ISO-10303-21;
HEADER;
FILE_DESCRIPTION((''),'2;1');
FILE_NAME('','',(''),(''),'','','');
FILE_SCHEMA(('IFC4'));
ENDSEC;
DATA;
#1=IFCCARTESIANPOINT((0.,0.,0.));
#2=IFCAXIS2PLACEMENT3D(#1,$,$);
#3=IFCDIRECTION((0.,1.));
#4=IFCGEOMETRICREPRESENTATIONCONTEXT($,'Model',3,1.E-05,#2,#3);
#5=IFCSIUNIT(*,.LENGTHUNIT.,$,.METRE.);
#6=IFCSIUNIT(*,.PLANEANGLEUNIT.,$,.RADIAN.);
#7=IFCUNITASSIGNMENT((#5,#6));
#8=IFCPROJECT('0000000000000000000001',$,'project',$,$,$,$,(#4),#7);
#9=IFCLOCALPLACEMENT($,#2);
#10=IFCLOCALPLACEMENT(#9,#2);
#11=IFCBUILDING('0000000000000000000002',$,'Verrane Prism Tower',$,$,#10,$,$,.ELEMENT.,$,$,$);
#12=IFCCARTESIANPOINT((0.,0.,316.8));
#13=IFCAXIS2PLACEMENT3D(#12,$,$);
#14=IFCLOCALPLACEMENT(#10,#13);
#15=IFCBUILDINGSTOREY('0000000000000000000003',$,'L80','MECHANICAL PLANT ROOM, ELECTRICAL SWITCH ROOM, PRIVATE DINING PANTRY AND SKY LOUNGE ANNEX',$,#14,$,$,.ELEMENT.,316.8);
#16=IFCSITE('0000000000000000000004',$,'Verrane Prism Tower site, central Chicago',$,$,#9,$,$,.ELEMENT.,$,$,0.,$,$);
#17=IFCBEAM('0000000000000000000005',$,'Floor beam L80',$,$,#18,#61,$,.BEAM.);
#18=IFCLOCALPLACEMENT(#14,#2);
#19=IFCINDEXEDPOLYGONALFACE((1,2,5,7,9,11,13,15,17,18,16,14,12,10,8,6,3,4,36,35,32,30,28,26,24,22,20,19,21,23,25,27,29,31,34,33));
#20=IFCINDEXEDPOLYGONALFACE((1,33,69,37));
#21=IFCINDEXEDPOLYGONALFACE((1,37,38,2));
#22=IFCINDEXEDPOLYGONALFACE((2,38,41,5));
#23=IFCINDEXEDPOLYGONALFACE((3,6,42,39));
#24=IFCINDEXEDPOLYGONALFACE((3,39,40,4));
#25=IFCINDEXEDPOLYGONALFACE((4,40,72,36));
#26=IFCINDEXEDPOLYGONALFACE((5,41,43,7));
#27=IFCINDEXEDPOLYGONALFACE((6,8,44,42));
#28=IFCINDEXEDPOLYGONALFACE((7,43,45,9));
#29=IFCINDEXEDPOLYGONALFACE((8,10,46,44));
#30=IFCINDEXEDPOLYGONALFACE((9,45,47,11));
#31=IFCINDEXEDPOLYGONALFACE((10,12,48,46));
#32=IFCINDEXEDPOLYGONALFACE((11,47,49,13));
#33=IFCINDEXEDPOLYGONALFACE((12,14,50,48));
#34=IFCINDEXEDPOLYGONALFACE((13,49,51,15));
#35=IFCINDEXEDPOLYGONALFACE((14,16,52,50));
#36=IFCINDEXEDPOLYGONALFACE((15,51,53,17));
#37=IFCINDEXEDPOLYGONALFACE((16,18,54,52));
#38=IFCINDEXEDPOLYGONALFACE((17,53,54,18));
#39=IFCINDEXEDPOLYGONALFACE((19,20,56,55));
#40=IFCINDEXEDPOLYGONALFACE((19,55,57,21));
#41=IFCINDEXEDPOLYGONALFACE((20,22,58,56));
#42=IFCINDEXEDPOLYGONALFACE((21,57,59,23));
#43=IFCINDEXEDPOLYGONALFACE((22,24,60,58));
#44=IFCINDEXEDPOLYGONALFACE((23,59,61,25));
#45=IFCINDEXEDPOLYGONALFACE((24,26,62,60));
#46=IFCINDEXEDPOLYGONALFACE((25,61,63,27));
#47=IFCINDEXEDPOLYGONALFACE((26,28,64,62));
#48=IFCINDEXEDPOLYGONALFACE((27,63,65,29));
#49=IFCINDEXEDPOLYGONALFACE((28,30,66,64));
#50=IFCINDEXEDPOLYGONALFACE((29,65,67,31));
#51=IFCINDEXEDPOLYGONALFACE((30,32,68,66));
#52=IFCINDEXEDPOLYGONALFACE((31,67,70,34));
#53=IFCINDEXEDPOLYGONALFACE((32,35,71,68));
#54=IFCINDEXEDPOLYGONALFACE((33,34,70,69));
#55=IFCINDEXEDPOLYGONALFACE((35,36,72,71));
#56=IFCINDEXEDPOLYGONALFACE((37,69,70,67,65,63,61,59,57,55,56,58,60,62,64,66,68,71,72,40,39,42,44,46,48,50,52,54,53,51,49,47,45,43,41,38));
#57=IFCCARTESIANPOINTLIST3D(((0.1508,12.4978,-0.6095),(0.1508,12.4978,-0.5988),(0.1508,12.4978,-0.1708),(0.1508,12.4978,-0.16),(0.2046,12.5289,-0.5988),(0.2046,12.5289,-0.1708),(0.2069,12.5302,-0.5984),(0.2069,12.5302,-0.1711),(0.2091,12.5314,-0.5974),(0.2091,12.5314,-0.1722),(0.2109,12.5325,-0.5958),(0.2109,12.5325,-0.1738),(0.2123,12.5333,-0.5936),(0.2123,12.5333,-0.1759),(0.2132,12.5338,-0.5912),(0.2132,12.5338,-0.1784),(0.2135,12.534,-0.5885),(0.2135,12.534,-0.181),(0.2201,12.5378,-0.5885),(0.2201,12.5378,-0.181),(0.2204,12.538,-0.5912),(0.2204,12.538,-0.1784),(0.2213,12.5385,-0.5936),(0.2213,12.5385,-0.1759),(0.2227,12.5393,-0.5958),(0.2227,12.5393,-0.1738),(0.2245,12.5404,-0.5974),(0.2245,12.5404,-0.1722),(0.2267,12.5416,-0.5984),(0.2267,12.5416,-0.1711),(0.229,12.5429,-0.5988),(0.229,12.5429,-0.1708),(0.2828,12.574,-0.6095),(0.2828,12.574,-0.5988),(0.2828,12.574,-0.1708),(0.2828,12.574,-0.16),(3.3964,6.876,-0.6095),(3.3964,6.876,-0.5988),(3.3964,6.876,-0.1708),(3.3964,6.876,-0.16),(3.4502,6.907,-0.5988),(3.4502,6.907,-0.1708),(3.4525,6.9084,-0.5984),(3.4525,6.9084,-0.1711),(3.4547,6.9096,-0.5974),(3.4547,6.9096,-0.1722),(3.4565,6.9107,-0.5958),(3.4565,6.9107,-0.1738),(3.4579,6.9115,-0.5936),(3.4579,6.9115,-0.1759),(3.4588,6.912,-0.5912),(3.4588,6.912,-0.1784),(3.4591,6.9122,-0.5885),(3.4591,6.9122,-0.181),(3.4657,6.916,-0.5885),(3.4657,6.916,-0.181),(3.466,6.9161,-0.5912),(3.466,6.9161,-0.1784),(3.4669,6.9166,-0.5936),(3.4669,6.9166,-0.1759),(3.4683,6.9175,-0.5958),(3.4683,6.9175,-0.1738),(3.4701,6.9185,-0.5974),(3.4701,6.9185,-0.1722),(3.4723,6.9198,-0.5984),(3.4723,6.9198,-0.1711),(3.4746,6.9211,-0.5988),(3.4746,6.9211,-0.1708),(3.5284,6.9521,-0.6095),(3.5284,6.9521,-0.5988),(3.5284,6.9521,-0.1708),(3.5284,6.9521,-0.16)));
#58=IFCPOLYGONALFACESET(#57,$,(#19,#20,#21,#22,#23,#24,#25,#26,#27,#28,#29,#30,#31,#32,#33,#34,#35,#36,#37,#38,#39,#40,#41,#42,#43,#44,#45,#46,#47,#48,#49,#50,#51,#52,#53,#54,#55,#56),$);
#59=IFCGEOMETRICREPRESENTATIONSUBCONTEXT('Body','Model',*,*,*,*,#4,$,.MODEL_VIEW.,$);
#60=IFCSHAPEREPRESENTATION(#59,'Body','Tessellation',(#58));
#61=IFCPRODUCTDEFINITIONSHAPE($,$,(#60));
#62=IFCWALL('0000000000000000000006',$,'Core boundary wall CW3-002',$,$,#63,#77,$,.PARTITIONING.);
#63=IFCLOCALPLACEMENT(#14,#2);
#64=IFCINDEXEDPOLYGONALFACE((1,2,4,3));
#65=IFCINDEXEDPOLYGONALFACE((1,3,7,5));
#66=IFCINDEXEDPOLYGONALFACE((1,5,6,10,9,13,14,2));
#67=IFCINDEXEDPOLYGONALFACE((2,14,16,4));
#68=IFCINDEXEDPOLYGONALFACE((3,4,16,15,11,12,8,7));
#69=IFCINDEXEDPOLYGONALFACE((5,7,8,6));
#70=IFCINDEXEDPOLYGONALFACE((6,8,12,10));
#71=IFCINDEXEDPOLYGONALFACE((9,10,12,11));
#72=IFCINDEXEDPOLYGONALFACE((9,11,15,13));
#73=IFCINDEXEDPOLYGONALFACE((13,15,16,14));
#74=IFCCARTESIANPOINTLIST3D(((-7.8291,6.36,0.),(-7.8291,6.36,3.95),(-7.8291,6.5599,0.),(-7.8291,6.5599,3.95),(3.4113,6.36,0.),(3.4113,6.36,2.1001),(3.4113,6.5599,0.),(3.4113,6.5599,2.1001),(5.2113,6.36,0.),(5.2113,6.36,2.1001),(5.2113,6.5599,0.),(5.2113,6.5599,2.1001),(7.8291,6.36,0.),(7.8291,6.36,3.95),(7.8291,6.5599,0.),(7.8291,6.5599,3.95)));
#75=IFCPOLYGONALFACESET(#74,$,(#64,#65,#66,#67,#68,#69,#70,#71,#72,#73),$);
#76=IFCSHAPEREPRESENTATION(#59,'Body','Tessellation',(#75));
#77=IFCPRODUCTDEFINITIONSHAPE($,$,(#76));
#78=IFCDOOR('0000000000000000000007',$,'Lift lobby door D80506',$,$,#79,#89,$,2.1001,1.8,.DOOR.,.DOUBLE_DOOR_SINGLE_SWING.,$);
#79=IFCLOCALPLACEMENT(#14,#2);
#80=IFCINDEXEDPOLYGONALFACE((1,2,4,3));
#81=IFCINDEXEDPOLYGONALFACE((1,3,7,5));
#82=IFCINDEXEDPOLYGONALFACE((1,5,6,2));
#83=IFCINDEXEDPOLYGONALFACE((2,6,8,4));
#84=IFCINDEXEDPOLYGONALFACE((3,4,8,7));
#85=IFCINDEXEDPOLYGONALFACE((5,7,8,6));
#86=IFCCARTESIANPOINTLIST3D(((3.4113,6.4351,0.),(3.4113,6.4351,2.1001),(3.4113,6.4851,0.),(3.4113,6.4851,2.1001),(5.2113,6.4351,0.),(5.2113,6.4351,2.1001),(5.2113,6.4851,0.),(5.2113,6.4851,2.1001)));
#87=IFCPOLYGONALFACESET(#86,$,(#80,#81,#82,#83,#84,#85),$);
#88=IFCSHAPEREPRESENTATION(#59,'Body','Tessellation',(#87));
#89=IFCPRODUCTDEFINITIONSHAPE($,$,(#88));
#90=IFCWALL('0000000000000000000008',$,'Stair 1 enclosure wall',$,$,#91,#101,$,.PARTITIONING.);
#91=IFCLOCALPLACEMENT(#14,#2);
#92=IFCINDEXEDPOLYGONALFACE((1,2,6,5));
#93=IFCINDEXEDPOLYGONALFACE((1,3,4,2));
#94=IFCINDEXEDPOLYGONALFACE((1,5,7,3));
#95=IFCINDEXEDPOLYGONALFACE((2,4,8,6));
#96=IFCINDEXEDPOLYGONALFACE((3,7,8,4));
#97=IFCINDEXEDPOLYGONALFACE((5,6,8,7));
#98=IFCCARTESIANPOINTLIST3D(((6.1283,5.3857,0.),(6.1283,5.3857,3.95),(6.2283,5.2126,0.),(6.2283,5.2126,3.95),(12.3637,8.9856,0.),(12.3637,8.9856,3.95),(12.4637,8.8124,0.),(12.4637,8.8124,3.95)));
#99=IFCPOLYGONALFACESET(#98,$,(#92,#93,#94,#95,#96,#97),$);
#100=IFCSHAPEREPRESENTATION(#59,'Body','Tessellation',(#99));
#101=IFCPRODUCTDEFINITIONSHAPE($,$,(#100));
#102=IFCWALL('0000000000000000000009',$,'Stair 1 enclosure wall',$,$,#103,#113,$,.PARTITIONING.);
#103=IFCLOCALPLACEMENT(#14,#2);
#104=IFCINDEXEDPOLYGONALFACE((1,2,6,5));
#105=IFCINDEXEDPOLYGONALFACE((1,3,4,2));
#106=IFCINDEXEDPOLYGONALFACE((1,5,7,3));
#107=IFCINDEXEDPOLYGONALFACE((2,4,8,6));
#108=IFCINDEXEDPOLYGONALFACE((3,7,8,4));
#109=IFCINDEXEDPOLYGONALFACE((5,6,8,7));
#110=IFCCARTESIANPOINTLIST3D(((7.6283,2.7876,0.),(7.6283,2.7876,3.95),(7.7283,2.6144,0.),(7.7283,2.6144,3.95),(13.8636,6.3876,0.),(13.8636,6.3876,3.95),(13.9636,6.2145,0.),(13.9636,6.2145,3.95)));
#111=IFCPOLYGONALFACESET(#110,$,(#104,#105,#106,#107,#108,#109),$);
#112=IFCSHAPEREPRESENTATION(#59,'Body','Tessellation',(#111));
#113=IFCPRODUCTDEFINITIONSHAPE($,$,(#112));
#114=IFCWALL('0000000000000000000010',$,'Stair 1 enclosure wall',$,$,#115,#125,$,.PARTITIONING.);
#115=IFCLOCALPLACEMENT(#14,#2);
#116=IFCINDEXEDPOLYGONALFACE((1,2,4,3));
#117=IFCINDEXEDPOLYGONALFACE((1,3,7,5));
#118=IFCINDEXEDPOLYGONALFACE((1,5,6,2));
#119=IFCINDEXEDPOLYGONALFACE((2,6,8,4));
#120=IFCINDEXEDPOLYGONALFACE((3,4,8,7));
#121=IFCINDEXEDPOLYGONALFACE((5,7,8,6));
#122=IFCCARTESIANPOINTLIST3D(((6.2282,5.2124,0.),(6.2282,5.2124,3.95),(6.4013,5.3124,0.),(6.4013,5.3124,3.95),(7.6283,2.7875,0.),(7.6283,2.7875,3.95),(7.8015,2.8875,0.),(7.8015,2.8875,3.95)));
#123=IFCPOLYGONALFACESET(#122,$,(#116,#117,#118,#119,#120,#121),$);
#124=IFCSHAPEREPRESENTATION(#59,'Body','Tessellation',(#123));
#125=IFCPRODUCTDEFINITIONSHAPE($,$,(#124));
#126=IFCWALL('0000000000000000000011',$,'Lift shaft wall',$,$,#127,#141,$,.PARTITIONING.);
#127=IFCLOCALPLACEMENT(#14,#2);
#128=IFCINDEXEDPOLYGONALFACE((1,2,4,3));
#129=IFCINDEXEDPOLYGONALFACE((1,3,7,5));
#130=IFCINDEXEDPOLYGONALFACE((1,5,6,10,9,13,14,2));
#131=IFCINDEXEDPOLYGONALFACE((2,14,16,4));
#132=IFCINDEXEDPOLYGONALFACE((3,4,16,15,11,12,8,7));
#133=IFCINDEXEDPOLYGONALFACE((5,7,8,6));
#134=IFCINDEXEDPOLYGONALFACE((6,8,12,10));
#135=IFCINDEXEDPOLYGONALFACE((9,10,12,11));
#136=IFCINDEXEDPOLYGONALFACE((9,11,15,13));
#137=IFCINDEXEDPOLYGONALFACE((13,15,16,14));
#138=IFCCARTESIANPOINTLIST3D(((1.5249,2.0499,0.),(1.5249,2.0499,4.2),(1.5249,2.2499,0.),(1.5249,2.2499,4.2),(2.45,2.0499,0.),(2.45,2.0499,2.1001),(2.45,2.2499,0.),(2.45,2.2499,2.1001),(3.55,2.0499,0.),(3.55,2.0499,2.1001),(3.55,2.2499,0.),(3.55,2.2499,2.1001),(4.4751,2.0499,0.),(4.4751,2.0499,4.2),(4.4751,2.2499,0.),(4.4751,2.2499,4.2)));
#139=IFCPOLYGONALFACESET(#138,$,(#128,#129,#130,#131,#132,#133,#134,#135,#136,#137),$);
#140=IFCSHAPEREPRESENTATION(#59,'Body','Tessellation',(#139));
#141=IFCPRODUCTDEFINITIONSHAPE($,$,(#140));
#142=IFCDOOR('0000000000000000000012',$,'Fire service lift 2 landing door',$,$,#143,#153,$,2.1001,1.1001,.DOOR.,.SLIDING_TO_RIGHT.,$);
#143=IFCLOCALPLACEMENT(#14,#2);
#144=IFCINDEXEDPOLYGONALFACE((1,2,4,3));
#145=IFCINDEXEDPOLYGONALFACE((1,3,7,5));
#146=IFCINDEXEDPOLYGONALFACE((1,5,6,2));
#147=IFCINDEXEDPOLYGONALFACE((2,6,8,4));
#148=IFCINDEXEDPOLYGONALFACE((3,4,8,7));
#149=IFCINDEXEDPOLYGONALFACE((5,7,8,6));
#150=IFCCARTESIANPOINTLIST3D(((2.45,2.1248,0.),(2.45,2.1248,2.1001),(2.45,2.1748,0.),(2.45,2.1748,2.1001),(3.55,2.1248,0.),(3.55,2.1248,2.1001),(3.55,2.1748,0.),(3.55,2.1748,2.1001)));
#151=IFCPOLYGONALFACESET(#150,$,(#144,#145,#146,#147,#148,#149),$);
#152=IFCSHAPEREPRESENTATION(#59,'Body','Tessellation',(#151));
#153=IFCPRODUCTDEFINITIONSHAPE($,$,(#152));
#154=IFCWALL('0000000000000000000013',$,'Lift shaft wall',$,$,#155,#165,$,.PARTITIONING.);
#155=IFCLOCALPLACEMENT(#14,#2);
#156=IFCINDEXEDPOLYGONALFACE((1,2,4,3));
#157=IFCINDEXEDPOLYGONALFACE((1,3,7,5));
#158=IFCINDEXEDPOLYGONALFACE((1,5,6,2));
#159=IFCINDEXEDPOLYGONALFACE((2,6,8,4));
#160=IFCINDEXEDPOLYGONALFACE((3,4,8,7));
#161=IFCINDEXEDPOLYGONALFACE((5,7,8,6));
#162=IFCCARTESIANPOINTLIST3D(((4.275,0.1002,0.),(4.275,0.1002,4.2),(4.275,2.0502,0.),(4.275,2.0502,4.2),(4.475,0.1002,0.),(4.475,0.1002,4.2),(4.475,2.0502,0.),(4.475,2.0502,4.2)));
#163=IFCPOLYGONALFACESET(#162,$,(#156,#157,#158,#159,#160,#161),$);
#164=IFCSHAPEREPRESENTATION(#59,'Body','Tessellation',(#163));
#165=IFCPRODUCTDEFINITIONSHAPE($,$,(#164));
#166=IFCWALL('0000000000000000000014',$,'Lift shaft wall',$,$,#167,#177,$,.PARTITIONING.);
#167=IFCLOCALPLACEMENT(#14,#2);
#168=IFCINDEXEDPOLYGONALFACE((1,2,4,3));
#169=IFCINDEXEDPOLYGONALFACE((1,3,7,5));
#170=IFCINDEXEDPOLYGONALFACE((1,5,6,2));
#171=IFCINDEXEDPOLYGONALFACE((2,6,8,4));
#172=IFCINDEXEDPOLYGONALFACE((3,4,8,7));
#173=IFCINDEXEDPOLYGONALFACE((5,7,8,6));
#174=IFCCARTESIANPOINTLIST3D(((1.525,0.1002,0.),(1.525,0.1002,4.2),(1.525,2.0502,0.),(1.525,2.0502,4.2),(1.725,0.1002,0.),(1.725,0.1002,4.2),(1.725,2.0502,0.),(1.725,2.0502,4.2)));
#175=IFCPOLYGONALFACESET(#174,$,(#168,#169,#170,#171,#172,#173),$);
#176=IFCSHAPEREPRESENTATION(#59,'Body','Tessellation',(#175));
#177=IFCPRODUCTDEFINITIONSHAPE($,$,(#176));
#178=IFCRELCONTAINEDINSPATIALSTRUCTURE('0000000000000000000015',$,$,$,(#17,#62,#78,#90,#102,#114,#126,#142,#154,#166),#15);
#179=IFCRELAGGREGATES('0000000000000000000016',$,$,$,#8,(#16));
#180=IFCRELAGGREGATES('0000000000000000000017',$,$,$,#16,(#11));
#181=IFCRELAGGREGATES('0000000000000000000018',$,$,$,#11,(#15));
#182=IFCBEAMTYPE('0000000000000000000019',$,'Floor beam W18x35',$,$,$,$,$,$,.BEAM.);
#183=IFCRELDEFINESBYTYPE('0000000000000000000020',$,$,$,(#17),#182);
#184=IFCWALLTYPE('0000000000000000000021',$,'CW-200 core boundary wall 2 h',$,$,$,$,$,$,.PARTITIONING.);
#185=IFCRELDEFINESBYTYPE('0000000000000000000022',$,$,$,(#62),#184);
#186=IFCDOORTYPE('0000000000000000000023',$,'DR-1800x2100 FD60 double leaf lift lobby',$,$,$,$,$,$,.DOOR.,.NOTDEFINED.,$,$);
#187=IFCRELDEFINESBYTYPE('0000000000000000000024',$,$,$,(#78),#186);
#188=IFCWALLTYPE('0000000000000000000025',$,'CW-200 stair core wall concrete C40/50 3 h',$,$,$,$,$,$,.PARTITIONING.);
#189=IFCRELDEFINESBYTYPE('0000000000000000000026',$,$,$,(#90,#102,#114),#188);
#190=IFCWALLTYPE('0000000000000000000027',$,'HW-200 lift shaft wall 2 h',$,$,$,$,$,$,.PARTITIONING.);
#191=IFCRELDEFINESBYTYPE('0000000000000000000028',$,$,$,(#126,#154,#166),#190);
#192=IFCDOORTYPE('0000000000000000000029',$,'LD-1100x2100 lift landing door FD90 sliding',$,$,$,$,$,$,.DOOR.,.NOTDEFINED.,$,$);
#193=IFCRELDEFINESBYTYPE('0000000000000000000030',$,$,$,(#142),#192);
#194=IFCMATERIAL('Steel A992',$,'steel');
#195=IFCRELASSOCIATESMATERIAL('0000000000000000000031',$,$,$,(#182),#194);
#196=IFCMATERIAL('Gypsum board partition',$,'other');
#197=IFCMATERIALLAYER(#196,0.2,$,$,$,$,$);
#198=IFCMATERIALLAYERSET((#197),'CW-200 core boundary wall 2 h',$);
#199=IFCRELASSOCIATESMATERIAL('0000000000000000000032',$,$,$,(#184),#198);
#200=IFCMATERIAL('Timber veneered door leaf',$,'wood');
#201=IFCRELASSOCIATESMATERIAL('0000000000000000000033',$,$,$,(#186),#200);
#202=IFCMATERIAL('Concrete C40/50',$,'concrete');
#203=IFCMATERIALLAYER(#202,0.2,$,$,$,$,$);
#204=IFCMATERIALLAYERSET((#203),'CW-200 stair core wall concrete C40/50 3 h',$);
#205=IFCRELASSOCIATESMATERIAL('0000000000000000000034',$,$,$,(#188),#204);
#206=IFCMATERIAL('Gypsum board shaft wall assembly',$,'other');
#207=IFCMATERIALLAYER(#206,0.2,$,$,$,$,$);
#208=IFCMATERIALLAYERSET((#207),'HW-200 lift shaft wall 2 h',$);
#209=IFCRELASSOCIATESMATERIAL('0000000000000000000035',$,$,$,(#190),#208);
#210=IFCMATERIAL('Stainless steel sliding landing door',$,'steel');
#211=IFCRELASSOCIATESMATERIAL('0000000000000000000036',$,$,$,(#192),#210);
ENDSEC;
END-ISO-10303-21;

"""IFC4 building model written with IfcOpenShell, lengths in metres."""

from ifc_helpers import new_model, si_unit, direction, frame, frame_2d, origin, origin_2d, place, context, subcontext, project, spatial, rectangle, i_section, extrude, material, layer, layer_set, material_profile, profile_set, type_object, element, fill, save


model = new_model("IFC4")

# Units and contexts
model_context = context("Model", 3, precision=1e-05, world=origin(), true_north=direction((0.0, 1.0)))
body_context = subcontext(model_context, "Body", "Model", "MODEL_VIEW")
ifc_project = project(units=[si_unit("LENGTHUNIT", "METRE"), si_unit("PLANEANGLEUNIT", "RADIAN")], contexts=[model_context])

# Site, building, storey
site_placement = place(None, origin())
site = spatial("IfcSite", under=ifc_project, at=site_placement, Name="Verrane Prism Tower site, central Chicago", CompositionType="ELEMENT", RefElevation=0.0)
building_placement = place(site_placement, origin())
building = spatial("IfcBuilding", under=site, at=building_placement, Name="Verrane Prism Tower", CompositionType="ELEMENT")
storey_placement = place(building_placement, frame((0.0, 0.0, 316.8)))
storey = spatial("IfcBuildingStorey", under=building, at=storey_placement, Name="L80", Description="MECHANICAL PLANT ROOM, ELECTRICAL SWITCH ROOM, PRIVATE DINING PANTRY AND SKY LOUNGE ANNEX", CompositionType="ELEMENT", Elevation=316.8)

# Beam
ifc_material_1 = material(Name="Steel A992", Category="steel")
ifc_material_profile_1 = material_profile(ifc_material_1, i_section(OverallWidth=0.1523, OverallDepth=0.4495, WebThickness=0.0076, FlangeThickness=0.0107, FilletRadius=0.0103, at=origin_2d()), Name="W18x35")
ifc_profile_set_1 = profile_set([ifc_material_profile_1], Name="Steel A992")
beam_type_1 = type_object("IfcBeamType", Name="Floor beam W18x35", PredefinedType="BEAM", material=ifc_profile_set_1)
beam_1_placement = place(storey_placement, frame((3.4624, 6.9141, -0.3848), z_axis=(-0.499982, 0.866036, 0.0), x_axis=(-0.866036, -0.499982, 0.0)))
element("IfcBeam", 1, at=beam_1_placement, inside=storey, type_object=beam_type_1, Name="Floor beam L80", PredefinedType="BEAM", context=body_context, shape_type="SweptSolid", body=[
    extrude(i_section(OverallWidth=0.1523, OverallDepth=0.4495, WebThickness=0.0076, FlangeThickness=0.0107, FilletRadius=0.0103, at=origin_2d()), origin(), (0.0, 0.0, 1.0), 6.4915),
])

# Wall, opening, door
ifc_material_2 = material(Name="Gypsum board partition", Category="other")
ifc_layer_1 = layer(ifc_material_2, 0.2)
ifc_layer_set_1 = layer_set([ifc_layer_1], Name="CW-200 core boundary wall 2 h")
wall_type_1 = type_object("IfcWallType", Name="CW-200 core boundary wall 2 h", PredefinedType="PARTITIONING", material=ifc_layer_set_1)
wall_1_placement = place(storey_placement, frame((7.8291, 6.46, 0.0), z_axis=(0.0, 0.0, 1.0), x_axis=(-1.0, 0.0, 0.0)))
wall_1 = element("IfcWall", 2, at=wall_1_placement, inside=storey, type_object=wall_type_1, Name="Core boundary wall CW3-002", PredefinedType="PARTITIONING", context=body_context, shape_type="SweptSolid", body=[
    extrude(rectangle(XDim=15.6582, YDim=0.2, at=frame_2d((7.8291, 0.0))), origin(), (0.0, 0.0, 1.0), 3.95),
])
opening_1_placement = place(wall_1_placement, frame((2.6179, 0.0, 0.0)))
opening_1 = element("IfcOpeningElement", 3, at=opening_1_placement, cuts=wall_1, PredefinedType="OPENING", context=body_context, shape_type="SweptSolid", body=[
    extrude(rectangle(XDim=1.8, YDim=2.1001, at=frame_2d((0.8999, 1.05))), frame((0.0, 0.1099, 0.0), z_axis=(0.0, -1.0, 0.0), x_axis=(1.0, 0.0, 0.0)), (0.0, 0.0, 1.0), 0.22),
])
ifc_material_3 = material(Name="Timber veneered door leaf", Category="wood")
door_type_1 = type_object("IfcDoorType", Name="DR-1800x2100 FD60 double leaf lift lobby", OperationType="NOTDEFINED", PredefinedType="DOOR", material=ifc_material_3)
door_1_placement = place(opening_1_placement, origin())
door_1 = element("IfcDoor", 4, at=door_1_placement, inside=storey, type_object=door_type_1, Name="Lift lobby door D80506", OperationType="DOUBLE_DOOR_SINGLE_SWING", OverallHeight=2.1001, OverallWidth=1.8, PredefinedType="DOOR", context=body_context, shape_type="SweptSolid", body=[
    extrude(rectangle(XDim=1.8, YDim=2.1001, at=frame_2d((0.8999, 1.05))), frame((0.0, 0.0249, 0.0), z_axis=(0.0, -1.0, 0.0), x_axis=(1.0, 0.0, 0.0)), (0.0, 0.0, 1.0), 0.05),
])
fill(opening_1, door_1)

# Walls
ifc_material_4 = material(Name="Concrete C40/50", Category="concrete")
ifc_layer_2 = layer(ifc_material_4, 0.2)
ifc_layer_set_2 = layer_set([ifc_layer_2], Name="CW-200 stair core wall concrete C40/50 3 h")
wall_type_2 = type_object("IfcWallType", Name="CW-200 stair core wall concrete C40/50 3 h", PredefinedType="PARTITIONING", material=ifc_layer_set_2)
for number, where, z_axis, x_axis, name in (
    (5, (6.1782, 5.2991, 0.0), (0.0, 0.0, 1.0), (0.866033, 0.499987, 0.0), "Stair 1 enclosure wall"),
    (6, (7.6782, 2.7009, 0.0), (0.0, 0.0, 1.0), (0.866018, 0.500012, 0.0), "Stair 1 enclosure wall"),
):
    element("IfcWall", number, at=place(storey_placement, frame(where, z_axis=z_axis, x_axis=x_axis)), inside=storey, type_object=wall_type_2, Name=name, PredefinedType="PARTITIONING", context=body_context, shape_type="SweptSolid", body=[
        extrude(rectangle(XDim=7.2, YDim=0.2, at=frame_2d((3.6001, 0.0))), origin(), (0.0, 0.0, 1.0), 3.95),
    ])
wall_2_placement = place(storey_placement, frame((7.7148, 2.8376, 0.0), z_axis=(0.0, 0.0, 1.0), x_axis=(-0.50005, 0.865997, 0.0)))
element("IfcWall", 7, at=wall_2_placement, inside=storey, type_object=wall_type_2, Name="Stair 1 enclosure wall", PredefinedType="PARTITIONING", context=body_context, shape_type="SweptSolid", body=[
    extrude(rectangle(XDim=2.8, YDim=0.2, at=frame_2d((1.3999, 0.0))), origin(), (0.0, 0.0, 1.0), 3.95),
])

# Wall, opening, door
ifc_material_5 = material(Name="Gypsum board shaft wall assembly", Category="other")
ifc_layer_3 = layer(ifc_material_5, 0.2)
ifc_layer_set_3 = layer_set([ifc_layer_3], Name="HW-200 lift shaft wall 2 h")
wall_type_3 = type_object("IfcWallType", Name="HW-200 lift shaft wall 2 h", PredefinedType="PARTITIONING", material=ifc_layer_set_3)
wall_3_placement = place(storey_placement, frame((1.5249, 2.1499, 0.0), z_axis=(0.0, 0.0, 1.0), x_axis=(1.0, 0.0, 0.0)))
wall_3 = element("IfcWall", 8, at=wall_3_placement, inside=storey, type_object=wall_type_3, Name="Lift shaft wall", PredefinedType="PARTITIONING", context=body_context, shape_type="SweptSolid", body=[
    extrude(rectangle(XDim=2.9502, YDim=0.2, at=frame_2d((1.4751, 0.0))), origin(), (0.0, 0.0, 1.0), 4.2),
])
opening_2_placement = place(wall_3_placement, frame((0.925, 0.0, 0.0)))
opening_2 = element("IfcOpeningElement", 9, at=opening_2_placement, cuts=wall_3, PredefinedType="OPENING", context=body_context, shape_type="SweptSolid", body=[
    extrude(rectangle(XDim=1.1001, YDim=2.1001, at=frame_2d((0.55, 1.05))), frame((0.0, 0.1099, 0.0), z_axis=(0.0, -1.0, 0.0), x_axis=(1.0, 0.0, 0.0)), (0.0, 0.0, 1.0), 0.22),
])
ifc_material_6 = material(Name="Stainless steel sliding landing door", Category="steel")
door_type_2 = type_object("IfcDoorType", Name="LD-1100x2100 lift landing door FD90 sliding", OperationType="NOTDEFINED", PredefinedType="DOOR", material=ifc_material_6)
door_2_placement = place(opening_2_placement, origin())
door_2 = element("IfcDoor", 10, at=door_2_placement, inside=storey, type_object=door_type_2, Name="Fire service lift 2 landing door", OperationType="SLIDING_TO_RIGHT", OverallHeight=2.1001, OverallWidth=1.1001, PredefinedType="DOOR", context=body_context, shape_type="SweptSolid", body=[
    extrude(rectangle(XDim=1.1001, YDim=2.1001, at=frame_2d((0.55, 1.05))), frame((0.0, 0.0249, 0.0), z_axis=(0.0, -1.0, 0.0), x_axis=(1.0, 0.0, 0.0)), (0.0, 0.0, 1.0), 0.05),
])
fill(opening_2, door_2)

# Walls
for number, where, z_axis, x_axis, name in (
    (11, (4.375, 0.1001, 0.0), (0.0, 0.0, 1.0), (0.0, 1.0, 0.0), "Lift shaft wall"),
    (12, (1.625, 0.1001, 0.0), (0.0, 0.0, 1.0), (0.0, 1.0, 0.0), "Lift shaft wall"),
):
    element("IfcWall", number, at=place(storey_placement, frame(where, z_axis=z_axis, x_axis=x_axis)), inside=storey, type_object=wall_type_3, Name=name, PredefinedType="PARTITIONING", context=body_context, shape_type="SweptSolid", body=[
        extrude(rectangle(XDim=1.95, YDim=0.2, at=frame_2d((0.9751, 0.0))), origin(), (0.0, 0.0, 1.0), 4.2),
    ])

save(model, "model.ifc")
